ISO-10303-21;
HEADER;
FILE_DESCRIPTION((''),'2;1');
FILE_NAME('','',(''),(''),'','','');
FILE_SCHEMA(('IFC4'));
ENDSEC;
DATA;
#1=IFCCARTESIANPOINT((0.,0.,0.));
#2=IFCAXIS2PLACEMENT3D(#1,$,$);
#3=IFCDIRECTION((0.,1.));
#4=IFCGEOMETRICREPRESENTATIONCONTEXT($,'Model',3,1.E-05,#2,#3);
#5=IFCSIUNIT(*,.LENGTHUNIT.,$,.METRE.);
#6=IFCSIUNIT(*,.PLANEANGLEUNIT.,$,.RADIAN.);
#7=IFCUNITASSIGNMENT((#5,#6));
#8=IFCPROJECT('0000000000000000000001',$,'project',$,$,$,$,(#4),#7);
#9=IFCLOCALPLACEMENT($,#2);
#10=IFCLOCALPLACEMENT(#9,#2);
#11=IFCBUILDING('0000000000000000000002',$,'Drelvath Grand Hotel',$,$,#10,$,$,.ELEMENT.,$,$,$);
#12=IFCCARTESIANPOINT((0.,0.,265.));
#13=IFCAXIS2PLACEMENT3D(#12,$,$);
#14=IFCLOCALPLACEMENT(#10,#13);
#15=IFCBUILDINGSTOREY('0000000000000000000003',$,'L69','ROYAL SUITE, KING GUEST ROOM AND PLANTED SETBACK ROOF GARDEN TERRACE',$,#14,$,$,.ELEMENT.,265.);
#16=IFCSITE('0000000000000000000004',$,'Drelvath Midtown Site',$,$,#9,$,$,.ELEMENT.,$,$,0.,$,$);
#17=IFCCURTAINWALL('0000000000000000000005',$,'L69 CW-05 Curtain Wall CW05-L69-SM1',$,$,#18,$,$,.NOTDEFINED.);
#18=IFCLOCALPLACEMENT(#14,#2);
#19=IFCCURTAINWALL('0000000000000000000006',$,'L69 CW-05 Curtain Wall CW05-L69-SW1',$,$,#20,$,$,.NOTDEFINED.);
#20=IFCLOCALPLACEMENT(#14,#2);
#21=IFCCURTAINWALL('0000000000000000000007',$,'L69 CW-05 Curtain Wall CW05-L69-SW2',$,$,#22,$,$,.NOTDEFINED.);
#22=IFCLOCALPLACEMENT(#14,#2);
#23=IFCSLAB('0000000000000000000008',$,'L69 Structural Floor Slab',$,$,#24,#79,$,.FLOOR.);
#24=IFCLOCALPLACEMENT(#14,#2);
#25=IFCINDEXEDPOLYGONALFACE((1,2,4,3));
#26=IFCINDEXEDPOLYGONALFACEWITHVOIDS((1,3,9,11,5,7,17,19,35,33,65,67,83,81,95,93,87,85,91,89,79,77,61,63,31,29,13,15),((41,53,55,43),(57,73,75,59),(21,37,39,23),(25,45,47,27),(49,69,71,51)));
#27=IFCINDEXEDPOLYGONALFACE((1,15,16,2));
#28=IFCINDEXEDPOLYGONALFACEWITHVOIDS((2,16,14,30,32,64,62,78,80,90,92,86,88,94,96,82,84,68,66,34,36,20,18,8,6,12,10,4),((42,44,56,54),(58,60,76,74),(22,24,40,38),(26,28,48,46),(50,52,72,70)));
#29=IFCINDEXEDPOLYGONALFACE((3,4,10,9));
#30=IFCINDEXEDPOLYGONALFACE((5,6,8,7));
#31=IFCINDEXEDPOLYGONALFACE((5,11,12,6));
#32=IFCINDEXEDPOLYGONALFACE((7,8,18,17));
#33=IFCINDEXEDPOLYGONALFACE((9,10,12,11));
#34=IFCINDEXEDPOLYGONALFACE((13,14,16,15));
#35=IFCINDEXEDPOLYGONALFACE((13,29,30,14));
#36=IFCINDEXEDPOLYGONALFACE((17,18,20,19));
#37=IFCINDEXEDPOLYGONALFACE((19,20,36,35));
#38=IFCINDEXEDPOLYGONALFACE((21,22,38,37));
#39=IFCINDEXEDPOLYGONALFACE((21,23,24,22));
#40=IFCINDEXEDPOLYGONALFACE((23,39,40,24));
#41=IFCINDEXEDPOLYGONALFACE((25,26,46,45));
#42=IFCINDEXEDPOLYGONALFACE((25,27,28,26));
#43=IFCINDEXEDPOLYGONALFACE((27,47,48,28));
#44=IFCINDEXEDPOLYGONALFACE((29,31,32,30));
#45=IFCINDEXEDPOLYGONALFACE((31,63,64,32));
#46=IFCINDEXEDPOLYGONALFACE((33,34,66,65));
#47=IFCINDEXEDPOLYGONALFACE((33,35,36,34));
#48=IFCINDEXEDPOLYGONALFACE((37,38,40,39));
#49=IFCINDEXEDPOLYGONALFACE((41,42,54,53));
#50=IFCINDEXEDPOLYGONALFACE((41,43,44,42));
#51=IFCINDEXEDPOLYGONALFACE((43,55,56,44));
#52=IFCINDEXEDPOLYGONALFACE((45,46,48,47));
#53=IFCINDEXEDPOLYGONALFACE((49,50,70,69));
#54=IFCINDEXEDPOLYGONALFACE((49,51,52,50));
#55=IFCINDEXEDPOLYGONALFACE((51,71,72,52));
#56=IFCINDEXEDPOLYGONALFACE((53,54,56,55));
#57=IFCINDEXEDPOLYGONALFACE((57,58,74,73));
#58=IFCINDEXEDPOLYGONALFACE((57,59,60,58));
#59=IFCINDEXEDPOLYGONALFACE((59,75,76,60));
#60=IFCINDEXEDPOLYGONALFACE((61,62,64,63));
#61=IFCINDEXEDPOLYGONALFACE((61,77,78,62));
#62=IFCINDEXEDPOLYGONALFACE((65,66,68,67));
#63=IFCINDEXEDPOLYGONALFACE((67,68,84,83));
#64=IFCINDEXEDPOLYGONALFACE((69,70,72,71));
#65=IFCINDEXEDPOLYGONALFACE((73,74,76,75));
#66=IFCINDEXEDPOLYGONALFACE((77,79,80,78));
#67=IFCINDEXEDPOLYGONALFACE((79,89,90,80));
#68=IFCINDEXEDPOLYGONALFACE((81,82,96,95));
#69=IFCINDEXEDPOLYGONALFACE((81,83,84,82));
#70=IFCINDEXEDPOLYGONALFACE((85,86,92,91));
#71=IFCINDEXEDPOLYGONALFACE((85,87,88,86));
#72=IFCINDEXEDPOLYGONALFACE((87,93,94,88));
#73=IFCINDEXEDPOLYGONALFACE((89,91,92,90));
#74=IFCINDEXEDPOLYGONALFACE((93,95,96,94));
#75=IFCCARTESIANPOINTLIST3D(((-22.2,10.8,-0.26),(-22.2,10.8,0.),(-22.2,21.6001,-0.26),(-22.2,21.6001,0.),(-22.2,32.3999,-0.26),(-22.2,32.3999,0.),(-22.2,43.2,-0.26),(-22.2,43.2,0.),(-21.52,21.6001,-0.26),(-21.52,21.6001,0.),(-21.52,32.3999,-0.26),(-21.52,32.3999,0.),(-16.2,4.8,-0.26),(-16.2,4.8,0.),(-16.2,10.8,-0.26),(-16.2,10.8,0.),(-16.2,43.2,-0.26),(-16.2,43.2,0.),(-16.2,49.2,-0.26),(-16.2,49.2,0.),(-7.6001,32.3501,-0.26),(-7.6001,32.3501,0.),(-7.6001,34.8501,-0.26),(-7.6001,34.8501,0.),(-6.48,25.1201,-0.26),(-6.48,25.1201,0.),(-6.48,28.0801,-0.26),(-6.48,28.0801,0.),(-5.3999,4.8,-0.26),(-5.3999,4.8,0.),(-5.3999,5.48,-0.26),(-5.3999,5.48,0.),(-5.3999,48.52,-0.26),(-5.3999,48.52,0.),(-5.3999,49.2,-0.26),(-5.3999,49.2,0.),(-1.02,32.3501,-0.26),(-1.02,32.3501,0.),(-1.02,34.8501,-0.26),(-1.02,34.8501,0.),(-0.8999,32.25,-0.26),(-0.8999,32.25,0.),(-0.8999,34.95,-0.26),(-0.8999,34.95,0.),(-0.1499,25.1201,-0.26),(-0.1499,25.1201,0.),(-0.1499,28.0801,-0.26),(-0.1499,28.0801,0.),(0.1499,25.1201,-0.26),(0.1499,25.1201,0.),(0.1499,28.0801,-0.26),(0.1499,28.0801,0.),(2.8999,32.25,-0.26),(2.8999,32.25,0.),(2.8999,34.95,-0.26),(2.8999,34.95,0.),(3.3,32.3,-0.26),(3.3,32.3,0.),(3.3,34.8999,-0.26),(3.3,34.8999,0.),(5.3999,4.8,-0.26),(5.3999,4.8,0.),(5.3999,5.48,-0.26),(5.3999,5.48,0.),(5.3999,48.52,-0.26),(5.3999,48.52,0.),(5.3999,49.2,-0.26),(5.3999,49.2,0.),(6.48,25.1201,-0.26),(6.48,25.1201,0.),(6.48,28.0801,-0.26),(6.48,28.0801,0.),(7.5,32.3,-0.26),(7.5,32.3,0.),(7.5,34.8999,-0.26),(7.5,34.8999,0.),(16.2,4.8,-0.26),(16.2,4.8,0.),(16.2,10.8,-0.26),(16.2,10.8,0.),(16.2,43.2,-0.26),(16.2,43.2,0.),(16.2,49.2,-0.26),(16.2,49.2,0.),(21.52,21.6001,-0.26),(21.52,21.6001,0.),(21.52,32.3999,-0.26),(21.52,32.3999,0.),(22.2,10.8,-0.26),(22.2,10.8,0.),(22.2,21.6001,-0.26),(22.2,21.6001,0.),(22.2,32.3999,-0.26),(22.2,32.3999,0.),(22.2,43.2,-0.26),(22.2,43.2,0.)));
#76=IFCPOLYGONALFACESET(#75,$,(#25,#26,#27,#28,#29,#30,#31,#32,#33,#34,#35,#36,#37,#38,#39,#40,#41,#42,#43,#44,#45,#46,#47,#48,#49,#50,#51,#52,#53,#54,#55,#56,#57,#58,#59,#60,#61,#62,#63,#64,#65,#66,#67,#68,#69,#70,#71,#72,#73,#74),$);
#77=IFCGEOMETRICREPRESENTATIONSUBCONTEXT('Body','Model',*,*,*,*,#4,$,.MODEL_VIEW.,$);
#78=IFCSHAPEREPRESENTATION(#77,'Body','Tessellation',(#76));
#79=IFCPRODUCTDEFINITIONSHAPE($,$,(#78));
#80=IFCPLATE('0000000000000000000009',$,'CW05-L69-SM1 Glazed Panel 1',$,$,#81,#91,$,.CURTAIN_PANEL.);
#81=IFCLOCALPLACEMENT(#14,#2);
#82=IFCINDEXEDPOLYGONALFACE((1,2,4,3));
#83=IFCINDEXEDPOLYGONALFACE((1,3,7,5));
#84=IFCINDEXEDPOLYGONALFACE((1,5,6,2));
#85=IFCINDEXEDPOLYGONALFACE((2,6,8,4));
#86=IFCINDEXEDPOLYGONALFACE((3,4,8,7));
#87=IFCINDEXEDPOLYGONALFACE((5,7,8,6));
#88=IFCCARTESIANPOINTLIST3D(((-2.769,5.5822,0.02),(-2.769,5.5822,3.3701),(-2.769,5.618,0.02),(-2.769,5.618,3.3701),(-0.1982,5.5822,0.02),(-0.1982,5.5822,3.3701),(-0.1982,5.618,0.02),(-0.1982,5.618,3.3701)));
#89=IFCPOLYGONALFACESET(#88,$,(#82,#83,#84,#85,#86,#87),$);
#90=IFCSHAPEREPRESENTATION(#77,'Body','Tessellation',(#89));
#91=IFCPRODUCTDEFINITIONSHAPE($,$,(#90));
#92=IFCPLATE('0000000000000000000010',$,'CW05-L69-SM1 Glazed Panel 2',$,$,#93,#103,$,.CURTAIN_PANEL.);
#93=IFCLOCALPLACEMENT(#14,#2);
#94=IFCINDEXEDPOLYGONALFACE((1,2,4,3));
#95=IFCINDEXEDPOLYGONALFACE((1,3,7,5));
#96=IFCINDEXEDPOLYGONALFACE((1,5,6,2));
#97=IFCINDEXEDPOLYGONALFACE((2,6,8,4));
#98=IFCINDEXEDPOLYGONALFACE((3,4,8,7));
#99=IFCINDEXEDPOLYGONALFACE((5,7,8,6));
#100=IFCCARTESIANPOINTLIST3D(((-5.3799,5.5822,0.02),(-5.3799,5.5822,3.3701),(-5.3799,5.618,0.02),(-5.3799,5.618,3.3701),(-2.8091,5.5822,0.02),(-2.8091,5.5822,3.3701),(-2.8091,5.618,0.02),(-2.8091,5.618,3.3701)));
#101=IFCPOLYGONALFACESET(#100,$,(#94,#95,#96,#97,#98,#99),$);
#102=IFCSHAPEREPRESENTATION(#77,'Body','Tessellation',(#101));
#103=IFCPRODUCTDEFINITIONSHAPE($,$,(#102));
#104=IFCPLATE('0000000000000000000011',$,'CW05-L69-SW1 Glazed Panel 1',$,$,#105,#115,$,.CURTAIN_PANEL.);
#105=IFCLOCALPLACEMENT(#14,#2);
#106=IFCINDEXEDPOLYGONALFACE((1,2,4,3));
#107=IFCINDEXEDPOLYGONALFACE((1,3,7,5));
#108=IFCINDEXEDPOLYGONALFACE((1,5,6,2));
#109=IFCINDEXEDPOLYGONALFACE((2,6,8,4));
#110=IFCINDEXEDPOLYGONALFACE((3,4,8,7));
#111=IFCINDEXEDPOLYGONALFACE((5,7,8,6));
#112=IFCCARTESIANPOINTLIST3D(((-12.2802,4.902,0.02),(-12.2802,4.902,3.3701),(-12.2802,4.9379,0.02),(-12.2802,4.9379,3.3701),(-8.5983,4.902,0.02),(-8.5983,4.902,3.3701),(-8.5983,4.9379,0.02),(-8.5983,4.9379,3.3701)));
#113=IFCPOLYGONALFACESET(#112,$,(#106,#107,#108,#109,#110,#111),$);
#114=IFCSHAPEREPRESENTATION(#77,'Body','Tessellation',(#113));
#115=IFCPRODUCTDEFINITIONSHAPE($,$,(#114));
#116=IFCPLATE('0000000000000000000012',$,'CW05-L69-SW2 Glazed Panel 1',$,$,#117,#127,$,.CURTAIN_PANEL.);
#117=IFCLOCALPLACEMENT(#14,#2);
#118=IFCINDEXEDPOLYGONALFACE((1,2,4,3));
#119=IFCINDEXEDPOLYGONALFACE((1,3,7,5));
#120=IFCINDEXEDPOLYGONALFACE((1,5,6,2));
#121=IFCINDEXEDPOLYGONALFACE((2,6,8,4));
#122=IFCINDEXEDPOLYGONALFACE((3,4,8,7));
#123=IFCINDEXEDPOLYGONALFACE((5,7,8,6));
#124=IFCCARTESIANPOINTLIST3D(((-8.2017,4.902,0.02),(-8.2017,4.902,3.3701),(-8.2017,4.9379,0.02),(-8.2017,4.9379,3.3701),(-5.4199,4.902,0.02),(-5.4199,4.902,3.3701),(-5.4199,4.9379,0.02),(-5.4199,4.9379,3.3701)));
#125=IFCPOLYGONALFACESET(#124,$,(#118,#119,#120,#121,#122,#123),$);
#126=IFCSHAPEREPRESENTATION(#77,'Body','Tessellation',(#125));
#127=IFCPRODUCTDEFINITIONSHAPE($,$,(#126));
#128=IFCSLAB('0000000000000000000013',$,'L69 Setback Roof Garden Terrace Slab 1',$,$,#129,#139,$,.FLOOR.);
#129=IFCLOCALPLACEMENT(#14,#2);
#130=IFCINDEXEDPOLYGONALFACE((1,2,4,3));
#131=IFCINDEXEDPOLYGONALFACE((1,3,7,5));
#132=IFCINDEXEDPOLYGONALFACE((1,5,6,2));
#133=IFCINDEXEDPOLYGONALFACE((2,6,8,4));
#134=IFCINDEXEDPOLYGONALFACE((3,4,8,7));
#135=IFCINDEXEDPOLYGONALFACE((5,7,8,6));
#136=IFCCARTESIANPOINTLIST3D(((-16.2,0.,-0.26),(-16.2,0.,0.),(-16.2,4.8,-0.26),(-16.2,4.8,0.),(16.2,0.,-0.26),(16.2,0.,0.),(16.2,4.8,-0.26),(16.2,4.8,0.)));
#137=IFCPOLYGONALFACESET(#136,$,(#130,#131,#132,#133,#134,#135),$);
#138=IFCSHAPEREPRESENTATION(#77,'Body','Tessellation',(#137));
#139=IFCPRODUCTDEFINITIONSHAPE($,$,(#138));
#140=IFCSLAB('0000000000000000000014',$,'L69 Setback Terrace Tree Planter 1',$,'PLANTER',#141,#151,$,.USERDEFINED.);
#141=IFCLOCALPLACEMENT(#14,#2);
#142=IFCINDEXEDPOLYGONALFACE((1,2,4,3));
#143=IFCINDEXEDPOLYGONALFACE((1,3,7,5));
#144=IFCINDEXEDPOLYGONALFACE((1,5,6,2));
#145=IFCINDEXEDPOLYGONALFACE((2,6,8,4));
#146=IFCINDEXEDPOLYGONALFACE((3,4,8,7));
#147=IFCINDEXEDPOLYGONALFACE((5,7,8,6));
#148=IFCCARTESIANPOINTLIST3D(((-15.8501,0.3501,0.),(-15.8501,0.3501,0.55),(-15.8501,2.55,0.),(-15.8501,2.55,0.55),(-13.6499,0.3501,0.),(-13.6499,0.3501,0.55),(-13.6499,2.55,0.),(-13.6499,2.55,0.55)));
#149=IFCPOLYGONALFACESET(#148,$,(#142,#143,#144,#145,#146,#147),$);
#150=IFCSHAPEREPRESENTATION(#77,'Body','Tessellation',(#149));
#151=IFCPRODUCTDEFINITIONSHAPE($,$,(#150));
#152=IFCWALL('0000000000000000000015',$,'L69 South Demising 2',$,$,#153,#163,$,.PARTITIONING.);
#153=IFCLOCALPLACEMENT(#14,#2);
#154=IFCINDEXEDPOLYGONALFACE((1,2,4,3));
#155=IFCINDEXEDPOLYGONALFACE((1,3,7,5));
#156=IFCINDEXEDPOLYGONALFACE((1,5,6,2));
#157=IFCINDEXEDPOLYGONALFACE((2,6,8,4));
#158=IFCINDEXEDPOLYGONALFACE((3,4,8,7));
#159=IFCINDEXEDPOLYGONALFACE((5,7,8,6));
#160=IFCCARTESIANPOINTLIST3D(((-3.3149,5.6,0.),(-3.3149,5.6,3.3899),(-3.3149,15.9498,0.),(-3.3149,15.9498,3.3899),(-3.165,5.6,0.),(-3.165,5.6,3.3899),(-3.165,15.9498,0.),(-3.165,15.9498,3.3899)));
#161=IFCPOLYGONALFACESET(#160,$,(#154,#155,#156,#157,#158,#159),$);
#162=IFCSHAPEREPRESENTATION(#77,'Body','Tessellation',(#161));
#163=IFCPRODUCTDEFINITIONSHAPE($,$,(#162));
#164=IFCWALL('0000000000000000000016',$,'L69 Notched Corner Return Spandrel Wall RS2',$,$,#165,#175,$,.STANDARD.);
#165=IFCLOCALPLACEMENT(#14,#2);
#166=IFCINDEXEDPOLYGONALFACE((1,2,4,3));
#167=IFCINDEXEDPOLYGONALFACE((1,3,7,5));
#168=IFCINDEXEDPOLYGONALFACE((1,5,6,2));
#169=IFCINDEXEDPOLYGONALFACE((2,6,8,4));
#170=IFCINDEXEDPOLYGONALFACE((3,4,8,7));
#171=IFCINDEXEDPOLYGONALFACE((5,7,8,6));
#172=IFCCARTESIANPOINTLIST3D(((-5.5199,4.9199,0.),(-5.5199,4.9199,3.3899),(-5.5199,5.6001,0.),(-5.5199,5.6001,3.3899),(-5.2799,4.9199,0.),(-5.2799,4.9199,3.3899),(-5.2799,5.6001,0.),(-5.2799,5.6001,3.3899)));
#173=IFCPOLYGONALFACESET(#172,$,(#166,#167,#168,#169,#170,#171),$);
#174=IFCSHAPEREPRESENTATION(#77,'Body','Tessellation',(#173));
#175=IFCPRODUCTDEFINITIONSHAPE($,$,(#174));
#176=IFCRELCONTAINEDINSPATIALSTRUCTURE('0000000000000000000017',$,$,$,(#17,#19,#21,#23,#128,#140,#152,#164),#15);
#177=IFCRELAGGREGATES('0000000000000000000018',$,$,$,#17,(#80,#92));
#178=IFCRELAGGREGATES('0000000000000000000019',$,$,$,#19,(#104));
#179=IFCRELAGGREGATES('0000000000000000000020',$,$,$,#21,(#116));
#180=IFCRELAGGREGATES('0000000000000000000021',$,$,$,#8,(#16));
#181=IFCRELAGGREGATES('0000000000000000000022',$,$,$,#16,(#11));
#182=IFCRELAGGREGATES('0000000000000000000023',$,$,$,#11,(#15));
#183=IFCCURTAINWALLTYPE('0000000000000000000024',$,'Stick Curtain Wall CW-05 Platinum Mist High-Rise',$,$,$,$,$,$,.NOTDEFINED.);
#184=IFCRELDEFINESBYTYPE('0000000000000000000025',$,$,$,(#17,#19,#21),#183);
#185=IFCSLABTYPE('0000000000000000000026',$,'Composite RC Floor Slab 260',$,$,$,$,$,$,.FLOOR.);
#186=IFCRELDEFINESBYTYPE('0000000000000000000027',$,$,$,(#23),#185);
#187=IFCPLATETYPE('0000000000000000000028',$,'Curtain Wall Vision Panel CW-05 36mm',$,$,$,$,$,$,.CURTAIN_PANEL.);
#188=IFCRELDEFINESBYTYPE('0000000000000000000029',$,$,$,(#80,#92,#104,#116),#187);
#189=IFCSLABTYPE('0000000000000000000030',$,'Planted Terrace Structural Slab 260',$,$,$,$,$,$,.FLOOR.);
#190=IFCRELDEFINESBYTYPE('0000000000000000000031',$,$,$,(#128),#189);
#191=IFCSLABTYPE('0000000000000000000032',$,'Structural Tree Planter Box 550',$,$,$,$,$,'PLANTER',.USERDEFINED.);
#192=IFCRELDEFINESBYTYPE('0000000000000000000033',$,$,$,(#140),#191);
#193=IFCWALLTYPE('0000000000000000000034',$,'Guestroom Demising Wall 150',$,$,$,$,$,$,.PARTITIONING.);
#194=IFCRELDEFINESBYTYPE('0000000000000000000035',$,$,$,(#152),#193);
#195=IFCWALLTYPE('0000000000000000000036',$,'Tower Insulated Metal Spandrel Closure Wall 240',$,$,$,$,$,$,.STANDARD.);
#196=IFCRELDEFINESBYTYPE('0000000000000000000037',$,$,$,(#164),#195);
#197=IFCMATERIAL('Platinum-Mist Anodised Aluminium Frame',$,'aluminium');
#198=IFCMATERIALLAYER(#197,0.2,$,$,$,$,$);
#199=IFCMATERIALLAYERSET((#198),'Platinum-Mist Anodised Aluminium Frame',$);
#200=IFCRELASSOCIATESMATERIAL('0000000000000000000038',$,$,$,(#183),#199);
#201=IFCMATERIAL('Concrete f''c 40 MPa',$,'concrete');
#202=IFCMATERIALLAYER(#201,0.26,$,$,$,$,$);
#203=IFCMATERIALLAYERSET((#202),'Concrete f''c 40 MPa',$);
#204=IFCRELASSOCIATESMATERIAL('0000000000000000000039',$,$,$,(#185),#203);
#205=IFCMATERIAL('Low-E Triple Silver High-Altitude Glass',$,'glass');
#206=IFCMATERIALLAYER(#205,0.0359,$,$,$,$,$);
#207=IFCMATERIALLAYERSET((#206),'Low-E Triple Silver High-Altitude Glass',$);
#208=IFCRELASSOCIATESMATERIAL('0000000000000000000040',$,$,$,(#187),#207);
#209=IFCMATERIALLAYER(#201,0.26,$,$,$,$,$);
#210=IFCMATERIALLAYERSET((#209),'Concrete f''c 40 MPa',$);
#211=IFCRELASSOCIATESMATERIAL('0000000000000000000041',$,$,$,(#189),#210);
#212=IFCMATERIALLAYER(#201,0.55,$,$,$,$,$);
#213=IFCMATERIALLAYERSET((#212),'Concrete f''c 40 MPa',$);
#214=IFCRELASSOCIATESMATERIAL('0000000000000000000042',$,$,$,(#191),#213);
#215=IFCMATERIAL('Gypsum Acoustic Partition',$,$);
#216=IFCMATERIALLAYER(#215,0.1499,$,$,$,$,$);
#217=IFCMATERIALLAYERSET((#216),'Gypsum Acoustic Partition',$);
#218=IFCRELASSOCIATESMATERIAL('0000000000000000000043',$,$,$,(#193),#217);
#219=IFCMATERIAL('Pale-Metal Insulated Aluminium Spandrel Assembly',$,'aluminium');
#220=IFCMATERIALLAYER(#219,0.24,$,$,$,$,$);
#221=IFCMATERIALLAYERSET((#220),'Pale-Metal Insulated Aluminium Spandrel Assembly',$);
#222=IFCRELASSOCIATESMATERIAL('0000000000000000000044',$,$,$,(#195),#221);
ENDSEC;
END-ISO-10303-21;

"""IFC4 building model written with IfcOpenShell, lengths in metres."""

from ifc_helpers import new_model, si_unit, direction, frame, frame_2d, origin, origin_2d, place, context, subcontext, project, spatial, polyline, rectangle, outline, extrude, material, layer, layer_set, type_object, element, aggregate, save


model = new_model("IFC4")

# Units and contexts
model_context = context("Model", 3, precision=1e-05, world=origin(), true_north=direction((0.0, 1.0)))
body_context = subcontext(model_context, "Body", "Model", "MODEL_VIEW")
ifc_project = project(units=[si_unit("LENGTHUNIT", "METRE"), si_unit("PLANEANGLEUNIT", "RADIAN")], contexts=[model_context])

# Site, building, storey
site_placement = place(None, origin())
site = spatial("IfcSite", under=ifc_project, at=site_placement, Name="Drelvath Midtown Site", CompositionType="ELEMENT", RefElevation=0.0)
building_placement = place(site_placement, origin())
building = spatial("IfcBuilding", under=site, at=building_placement, Name="Drelvath Grand Hotel", CompositionType="ELEMENT")
storey_placement = place(building_placement, frame((0.0, 0.0, 265.0)))
storey = spatial("IfcBuildingStorey", under=building, at=storey_placement, Name="L69", Description="ROYAL SUITE, KING GUEST ROOM AND PLANTED SETBACK ROOF GARDEN TERRACE", CompositionType="ELEMENT", Elevation=265.0)

# Curtain walls
ifc_material_1 = material(Name="Platinum-Mist Anodised Aluminium Frame", Category="aluminium")
ifc_layer_1 = layer(ifc_material_1, 0.2)
ifc_layer_set_1 = layer_set([ifc_layer_1], Name="Platinum-Mist Anodised Aluminium Frame")
curtain_wall_type = type_object("IfcCurtainWallType", Name="Stick Curtain Wall CW-05 Platinum Mist High-Rise", PredefinedType="NOTDEFINED", material=ifc_layer_set_1)
curtain_wall_1_placement = place(storey_placement, origin())
curtain_wall_1 = element("IfcCurtainWall", 1, at=curtain_wall_1_placement, inside=storey, type_object=curtain_wall_type, Name="L69 CW-05 Curtain Wall CW05-L69-SM1", PredefinedType="NOTDEFINED")
curtain_wall_2_placement = place(storey_placement, origin())
curtain_wall_2 = element("IfcCurtainWall", 2, at=curtain_wall_2_placement, inside=storey, type_object=curtain_wall_type, Name="L69 CW-05 Curtain Wall CW05-L69-SW1", PredefinedType="NOTDEFINED")
curtain_wall_3_placement = place(storey_placement, origin())
curtain_wall_3 = element("IfcCurtainWall", 3, at=curtain_wall_3_placement, inside=storey, type_object=curtain_wall_type, Name="L69 CW-05 Curtain Wall CW05-L69-SW2", PredefinedType="NOTDEFINED")

# Slab
ifc_material_2 = material(Name="Concrete f'c 40 MPa", Category="concrete")
ifc_layer_2 = layer(ifc_material_2, 0.26)
ifc_layer_set_2 = layer_set([ifc_layer_2], Name="Concrete f'c 40 MPa")
slab_type_1 = type_object("IfcSlabType", Name="Composite RC Floor Slab 260", PredefinedType="FLOOR", material=ifc_layer_set_2)
slab_1_placement = place(storey_placement, frame((0.0, 0.0, -0.26)))
element("IfcSlab", 4, at=slab_1_placement, inside=storey, type_object=slab_type_1, Name="L69 Structural Floor Slab", PredefinedType="FLOOR", context=body_context, shape_type="SweptSolid", body=[
    extrude(outline(polyline([(-16.2, 4.8), (-5.3999, 4.8), (-5.3999, 5.48), (5.3999, 5.48), (5.3999, 4.8), (16.2, 4.8), (16.2, 10.8), (22.2, 10.8), (22.2, 21.6001), (21.52, 21.6001), (21.52, 32.3999), (22.2, 32.3999), (22.2, 43.2), (16.2, 43.2), (16.2, 49.2), (5.3999, 49.2), (5.3999, 48.52), (-5.3999, 48.52), (-5.3999, 49.2), (-16.2, 49.2), (-16.2, 43.2), (-22.2, 43.2), (-22.2, 32.3999), (-21.52, 32.3999), (-21.52, 21.6001), (-22.2, 21.6001), (-22.2, 10.8), (-16.2, 10.8), (-16.2, 4.8)]), holes=[polyline([(-6.48, 25.1201), (-6.48, 28.0801), (-0.1499, 28.0801), (-0.1499, 25.1201), (-6.48, 25.1201)]), polyline([(0.1499, 25.1201), (0.1499, 28.0801), (6.48, 28.0801), (6.48, 25.1201), (0.1499, 25.1201)]), polyline([(-7.6001, 32.3501), (-7.6001, 34.8501), (-1.02, 34.8501), (-1.02, 32.3501), (-7.6001, 32.3501)]), polyline([(-0.8999, 32.25), (-0.8999, 34.95), (2.8999, 34.95), (2.8999, 32.25), (-0.8999, 32.25)]), polyline([(3.3, 32.3), (3.3, 34.8999), (7.5, 34.8999), (7.5, 32.3), (3.3, 32.3)])]), origin(), (0.0, 0.0, 1.0), 0.26),
])

# Plates
ifc_material_3 = material(Name="Low-E Triple Silver High-Altitude Glass", Category="glass")
ifc_layer_3 = layer(ifc_material_3, 0.0359)
ifc_layer_set_3 = layer_set([ifc_layer_3], Name="Low-E Triple Silver High-Altitude Glass")
plate_type = type_object("IfcPlateType", Name="Curtain Wall Vision Panel CW-05 36mm", PredefinedType="CURTAIN_PANEL", material=ifc_layer_set_3)
plate_1_placement = place(storey_placement, frame((-1.4836, 5.6001, 0.02), z_axis=(0.0, 0.0, 1.0), x_axis=(-1.0, 0.0, 0.0)))
plate_1 = element("IfcPlate", 5, at=plate_1_placement, type_object=plate_type, Name="CW05-L69-SM1 Glazed Panel 1", PredefinedType="CURTAIN_PANEL", context=body_context, shape_type="SweptSolid", body=[
    extrude(rectangle(XDim=2.5708, YDim=0.0359, at=origin_2d()), origin(), (0.0, 0.0, 1.0), 3.3501),
])
plate_2_placement = place(storey_placement, frame((-4.0945, 5.6001, 0.02), z_axis=(0.0, 0.0, 1.0), x_axis=(-1.0, 0.0, 0.0)))
plate_2 = element("IfcPlate", 6, at=plate_2_placement, type_object=plate_type, Name="CW05-L69-SM1 Glazed Panel 2", PredefinedType="CURTAIN_PANEL", context=body_context, shape_type="SweptSolid", body=[
    extrude(rectangle(XDim=2.5708, YDim=0.0359, at=origin_2d()), origin(), (0.0, 0.0, 1.0), 3.3501),
])
aggregate(curtain_wall_1, [plate_1, plate_2])
plate_3_placement = place(storey_placement, frame((-10.4392, 4.9199, 0.02), z_axis=(0.0, 0.0, 1.0), x_axis=(-1.0, 0.0, 0.0)))
plate_3 = element("IfcPlate", 7, at=plate_3_placement, type_object=plate_type, Name="CW05-L69-SW1 Glazed Panel 1", PredefinedType="CURTAIN_PANEL", context=body_context, shape_type="SweptSolid", body=[
    extrude(rectangle(XDim=3.6819, YDim=0.0359, at=origin_2d()), origin(), (0.0, 0.0, 1.0), 3.3501),
])
aggregate(curtain_wall_2, [plate_3])
plate_4_placement = place(storey_placement, frame((-6.8108, 4.9199, 0.02), z_axis=(0.0, 0.0, 1.0), x_axis=(-1.0, 0.0, 0.0)))
plate_4 = element("IfcPlate", 8, at=plate_4_placement, type_object=plate_type, Name="CW05-L69-SW2 Glazed Panel 1", PredefinedType="CURTAIN_PANEL", context=body_context, shape_type="SweptSolid", body=[
    extrude(rectangle(XDim=2.7817, YDim=0.0359, at=origin_2d()), origin(), (0.0, 0.0, 1.0), 3.3501),
])
aggregate(curtain_wall_3, [plate_4])

# Slabs
ifc_layer_4 = layer(ifc_material_2, 0.26)
ifc_layer_set_4 = layer_set([ifc_layer_4], Name="Concrete f'c 40 MPa")
slab_type_2 = type_object("IfcSlabType", Name="Planted Terrace Structural Slab 260", PredefinedType="FLOOR", material=ifc_layer_set_4)
slab_2_placement = place(storey_placement, frame((0.0, 0.0, -0.26)))
element("IfcSlab", 9, at=slab_2_placement, inside=storey, type_object=slab_type_2, Name="L69 Setback Roof Garden Terrace Slab 1", PredefinedType="FLOOR", context=body_context, shape_type="SweptSolid", body=[
    extrude(outline(polyline([(-16.2, 0.0), (16.2, 0.0), (16.2, 4.8), (-16.2, 4.8), (-16.2, 0.0)])), origin(), (0.0, 0.0, 1.0), 0.26),
])
ifc_layer_5 = layer(ifc_material_2, 0.55)
ifc_layer_set_5 = layer_set([ifc_layer_5], Name="Concrete f'c 40 MPa")
slab_type_3 = type_object("IfcSlabType", Name="Structural Tree Planter Box 550", ElementType="PLANTER", PredefinedType="USERDEFINED", material=ifc_layer_set_5)
slab_3_placement = place(storey_placement, origin())
element("IfcSlab", 10, at=slab_3_placement, inside=storey, type_object=slab_type_3, Name="L69 Setback Terrace Tree Planter 1", ObjectType="PLANTER", PredefinedType="USERDEFINED", context=body_context, shape_type="SweptSolid", body=[
    extrude(outline(polyline([(-15.8501, 0.3501), (-13.6499, 0.3501), (-13.6499, 2.55), (-15.8501, 2.55), (-15.8501, 0.3501)])), origin(), (0.0, 0.0, 1.0), 0.55),
])

# Walls
ifc_material_4 = material(Name="Gypsum Acoustic Partition")
ifc_layer_6 = layer(ifc_material_4, 0.1499)
ifc_layer_set_6 = layer_set([ifc_layer_6], Name="Gypsum Acoustic Partition")
wall_type_1 = type_object("IfcWallType", Name="Guestroom Demising Wall 150", PredefinedType="PARTITIONING", material=ifc_layer_set_6)
wall_1_placement = place(storey_placement, frame((-3.24, 5.6001, 0.0), z_axis=(0.0, 0.0, 1.0), x_axis=(0.0, 1.0, 0.0)))
element("IfcWall", 11, at=wall_1_placement, inside=storey, type_object=wall_type_1, Name="L69 South Demising 2", PredefinedType="PARTITIONING", context=body_context, shape_type="SweptSolid", body=[
    extrude(rectangle(XDim=10.3499, YDim=0.1499, at=frame_2d((5.1748, 0.0))), origin(), (0.0, 0.0, 1.0), 3.3899),
])
ifc_material_5 = material(Name="Pale-Metal Insulated Aluminium Spandrel Assembly", Category="aluminium")
ifc_layer_7 = layer(ifc_material_5, 0.24)
ifc_layer_set_7 = layer_set([ifc_layer_7], Name="Pale-Metal Insulated Aluminium Spandrel Assembly")
wall_type_2 = type_object("IfcWallType", Name="Tower Insulated Metal Spandrel Closure Wall 240", PredefinedType="STANDARD", material=ifc_layer_set_7)
wall_2_placement = place(storey_placement, frame((-5.3999, 5.6001, 0.0), z_axis=(0.0, 0.0, 1.0), x_axis=(0.0, -1.0, 0.0)))
element("IfcWall", 12, at=wall_2_placement, inside=storey, type_object=wall_type_2, Name="L69 Notched Corner Return Spandrel Wall RS2", PredefinedType="STANDARD", context=body_context, shape_type="SweptSolid", body=[
    extrude(rectangle(XDim=0.6802, YDim=0.24, at=frame_2d((0.3401, 0.0))), origin(), (0.0, 0.0, 1.0), 3.3899),
])

save(model, "model.ifc")
